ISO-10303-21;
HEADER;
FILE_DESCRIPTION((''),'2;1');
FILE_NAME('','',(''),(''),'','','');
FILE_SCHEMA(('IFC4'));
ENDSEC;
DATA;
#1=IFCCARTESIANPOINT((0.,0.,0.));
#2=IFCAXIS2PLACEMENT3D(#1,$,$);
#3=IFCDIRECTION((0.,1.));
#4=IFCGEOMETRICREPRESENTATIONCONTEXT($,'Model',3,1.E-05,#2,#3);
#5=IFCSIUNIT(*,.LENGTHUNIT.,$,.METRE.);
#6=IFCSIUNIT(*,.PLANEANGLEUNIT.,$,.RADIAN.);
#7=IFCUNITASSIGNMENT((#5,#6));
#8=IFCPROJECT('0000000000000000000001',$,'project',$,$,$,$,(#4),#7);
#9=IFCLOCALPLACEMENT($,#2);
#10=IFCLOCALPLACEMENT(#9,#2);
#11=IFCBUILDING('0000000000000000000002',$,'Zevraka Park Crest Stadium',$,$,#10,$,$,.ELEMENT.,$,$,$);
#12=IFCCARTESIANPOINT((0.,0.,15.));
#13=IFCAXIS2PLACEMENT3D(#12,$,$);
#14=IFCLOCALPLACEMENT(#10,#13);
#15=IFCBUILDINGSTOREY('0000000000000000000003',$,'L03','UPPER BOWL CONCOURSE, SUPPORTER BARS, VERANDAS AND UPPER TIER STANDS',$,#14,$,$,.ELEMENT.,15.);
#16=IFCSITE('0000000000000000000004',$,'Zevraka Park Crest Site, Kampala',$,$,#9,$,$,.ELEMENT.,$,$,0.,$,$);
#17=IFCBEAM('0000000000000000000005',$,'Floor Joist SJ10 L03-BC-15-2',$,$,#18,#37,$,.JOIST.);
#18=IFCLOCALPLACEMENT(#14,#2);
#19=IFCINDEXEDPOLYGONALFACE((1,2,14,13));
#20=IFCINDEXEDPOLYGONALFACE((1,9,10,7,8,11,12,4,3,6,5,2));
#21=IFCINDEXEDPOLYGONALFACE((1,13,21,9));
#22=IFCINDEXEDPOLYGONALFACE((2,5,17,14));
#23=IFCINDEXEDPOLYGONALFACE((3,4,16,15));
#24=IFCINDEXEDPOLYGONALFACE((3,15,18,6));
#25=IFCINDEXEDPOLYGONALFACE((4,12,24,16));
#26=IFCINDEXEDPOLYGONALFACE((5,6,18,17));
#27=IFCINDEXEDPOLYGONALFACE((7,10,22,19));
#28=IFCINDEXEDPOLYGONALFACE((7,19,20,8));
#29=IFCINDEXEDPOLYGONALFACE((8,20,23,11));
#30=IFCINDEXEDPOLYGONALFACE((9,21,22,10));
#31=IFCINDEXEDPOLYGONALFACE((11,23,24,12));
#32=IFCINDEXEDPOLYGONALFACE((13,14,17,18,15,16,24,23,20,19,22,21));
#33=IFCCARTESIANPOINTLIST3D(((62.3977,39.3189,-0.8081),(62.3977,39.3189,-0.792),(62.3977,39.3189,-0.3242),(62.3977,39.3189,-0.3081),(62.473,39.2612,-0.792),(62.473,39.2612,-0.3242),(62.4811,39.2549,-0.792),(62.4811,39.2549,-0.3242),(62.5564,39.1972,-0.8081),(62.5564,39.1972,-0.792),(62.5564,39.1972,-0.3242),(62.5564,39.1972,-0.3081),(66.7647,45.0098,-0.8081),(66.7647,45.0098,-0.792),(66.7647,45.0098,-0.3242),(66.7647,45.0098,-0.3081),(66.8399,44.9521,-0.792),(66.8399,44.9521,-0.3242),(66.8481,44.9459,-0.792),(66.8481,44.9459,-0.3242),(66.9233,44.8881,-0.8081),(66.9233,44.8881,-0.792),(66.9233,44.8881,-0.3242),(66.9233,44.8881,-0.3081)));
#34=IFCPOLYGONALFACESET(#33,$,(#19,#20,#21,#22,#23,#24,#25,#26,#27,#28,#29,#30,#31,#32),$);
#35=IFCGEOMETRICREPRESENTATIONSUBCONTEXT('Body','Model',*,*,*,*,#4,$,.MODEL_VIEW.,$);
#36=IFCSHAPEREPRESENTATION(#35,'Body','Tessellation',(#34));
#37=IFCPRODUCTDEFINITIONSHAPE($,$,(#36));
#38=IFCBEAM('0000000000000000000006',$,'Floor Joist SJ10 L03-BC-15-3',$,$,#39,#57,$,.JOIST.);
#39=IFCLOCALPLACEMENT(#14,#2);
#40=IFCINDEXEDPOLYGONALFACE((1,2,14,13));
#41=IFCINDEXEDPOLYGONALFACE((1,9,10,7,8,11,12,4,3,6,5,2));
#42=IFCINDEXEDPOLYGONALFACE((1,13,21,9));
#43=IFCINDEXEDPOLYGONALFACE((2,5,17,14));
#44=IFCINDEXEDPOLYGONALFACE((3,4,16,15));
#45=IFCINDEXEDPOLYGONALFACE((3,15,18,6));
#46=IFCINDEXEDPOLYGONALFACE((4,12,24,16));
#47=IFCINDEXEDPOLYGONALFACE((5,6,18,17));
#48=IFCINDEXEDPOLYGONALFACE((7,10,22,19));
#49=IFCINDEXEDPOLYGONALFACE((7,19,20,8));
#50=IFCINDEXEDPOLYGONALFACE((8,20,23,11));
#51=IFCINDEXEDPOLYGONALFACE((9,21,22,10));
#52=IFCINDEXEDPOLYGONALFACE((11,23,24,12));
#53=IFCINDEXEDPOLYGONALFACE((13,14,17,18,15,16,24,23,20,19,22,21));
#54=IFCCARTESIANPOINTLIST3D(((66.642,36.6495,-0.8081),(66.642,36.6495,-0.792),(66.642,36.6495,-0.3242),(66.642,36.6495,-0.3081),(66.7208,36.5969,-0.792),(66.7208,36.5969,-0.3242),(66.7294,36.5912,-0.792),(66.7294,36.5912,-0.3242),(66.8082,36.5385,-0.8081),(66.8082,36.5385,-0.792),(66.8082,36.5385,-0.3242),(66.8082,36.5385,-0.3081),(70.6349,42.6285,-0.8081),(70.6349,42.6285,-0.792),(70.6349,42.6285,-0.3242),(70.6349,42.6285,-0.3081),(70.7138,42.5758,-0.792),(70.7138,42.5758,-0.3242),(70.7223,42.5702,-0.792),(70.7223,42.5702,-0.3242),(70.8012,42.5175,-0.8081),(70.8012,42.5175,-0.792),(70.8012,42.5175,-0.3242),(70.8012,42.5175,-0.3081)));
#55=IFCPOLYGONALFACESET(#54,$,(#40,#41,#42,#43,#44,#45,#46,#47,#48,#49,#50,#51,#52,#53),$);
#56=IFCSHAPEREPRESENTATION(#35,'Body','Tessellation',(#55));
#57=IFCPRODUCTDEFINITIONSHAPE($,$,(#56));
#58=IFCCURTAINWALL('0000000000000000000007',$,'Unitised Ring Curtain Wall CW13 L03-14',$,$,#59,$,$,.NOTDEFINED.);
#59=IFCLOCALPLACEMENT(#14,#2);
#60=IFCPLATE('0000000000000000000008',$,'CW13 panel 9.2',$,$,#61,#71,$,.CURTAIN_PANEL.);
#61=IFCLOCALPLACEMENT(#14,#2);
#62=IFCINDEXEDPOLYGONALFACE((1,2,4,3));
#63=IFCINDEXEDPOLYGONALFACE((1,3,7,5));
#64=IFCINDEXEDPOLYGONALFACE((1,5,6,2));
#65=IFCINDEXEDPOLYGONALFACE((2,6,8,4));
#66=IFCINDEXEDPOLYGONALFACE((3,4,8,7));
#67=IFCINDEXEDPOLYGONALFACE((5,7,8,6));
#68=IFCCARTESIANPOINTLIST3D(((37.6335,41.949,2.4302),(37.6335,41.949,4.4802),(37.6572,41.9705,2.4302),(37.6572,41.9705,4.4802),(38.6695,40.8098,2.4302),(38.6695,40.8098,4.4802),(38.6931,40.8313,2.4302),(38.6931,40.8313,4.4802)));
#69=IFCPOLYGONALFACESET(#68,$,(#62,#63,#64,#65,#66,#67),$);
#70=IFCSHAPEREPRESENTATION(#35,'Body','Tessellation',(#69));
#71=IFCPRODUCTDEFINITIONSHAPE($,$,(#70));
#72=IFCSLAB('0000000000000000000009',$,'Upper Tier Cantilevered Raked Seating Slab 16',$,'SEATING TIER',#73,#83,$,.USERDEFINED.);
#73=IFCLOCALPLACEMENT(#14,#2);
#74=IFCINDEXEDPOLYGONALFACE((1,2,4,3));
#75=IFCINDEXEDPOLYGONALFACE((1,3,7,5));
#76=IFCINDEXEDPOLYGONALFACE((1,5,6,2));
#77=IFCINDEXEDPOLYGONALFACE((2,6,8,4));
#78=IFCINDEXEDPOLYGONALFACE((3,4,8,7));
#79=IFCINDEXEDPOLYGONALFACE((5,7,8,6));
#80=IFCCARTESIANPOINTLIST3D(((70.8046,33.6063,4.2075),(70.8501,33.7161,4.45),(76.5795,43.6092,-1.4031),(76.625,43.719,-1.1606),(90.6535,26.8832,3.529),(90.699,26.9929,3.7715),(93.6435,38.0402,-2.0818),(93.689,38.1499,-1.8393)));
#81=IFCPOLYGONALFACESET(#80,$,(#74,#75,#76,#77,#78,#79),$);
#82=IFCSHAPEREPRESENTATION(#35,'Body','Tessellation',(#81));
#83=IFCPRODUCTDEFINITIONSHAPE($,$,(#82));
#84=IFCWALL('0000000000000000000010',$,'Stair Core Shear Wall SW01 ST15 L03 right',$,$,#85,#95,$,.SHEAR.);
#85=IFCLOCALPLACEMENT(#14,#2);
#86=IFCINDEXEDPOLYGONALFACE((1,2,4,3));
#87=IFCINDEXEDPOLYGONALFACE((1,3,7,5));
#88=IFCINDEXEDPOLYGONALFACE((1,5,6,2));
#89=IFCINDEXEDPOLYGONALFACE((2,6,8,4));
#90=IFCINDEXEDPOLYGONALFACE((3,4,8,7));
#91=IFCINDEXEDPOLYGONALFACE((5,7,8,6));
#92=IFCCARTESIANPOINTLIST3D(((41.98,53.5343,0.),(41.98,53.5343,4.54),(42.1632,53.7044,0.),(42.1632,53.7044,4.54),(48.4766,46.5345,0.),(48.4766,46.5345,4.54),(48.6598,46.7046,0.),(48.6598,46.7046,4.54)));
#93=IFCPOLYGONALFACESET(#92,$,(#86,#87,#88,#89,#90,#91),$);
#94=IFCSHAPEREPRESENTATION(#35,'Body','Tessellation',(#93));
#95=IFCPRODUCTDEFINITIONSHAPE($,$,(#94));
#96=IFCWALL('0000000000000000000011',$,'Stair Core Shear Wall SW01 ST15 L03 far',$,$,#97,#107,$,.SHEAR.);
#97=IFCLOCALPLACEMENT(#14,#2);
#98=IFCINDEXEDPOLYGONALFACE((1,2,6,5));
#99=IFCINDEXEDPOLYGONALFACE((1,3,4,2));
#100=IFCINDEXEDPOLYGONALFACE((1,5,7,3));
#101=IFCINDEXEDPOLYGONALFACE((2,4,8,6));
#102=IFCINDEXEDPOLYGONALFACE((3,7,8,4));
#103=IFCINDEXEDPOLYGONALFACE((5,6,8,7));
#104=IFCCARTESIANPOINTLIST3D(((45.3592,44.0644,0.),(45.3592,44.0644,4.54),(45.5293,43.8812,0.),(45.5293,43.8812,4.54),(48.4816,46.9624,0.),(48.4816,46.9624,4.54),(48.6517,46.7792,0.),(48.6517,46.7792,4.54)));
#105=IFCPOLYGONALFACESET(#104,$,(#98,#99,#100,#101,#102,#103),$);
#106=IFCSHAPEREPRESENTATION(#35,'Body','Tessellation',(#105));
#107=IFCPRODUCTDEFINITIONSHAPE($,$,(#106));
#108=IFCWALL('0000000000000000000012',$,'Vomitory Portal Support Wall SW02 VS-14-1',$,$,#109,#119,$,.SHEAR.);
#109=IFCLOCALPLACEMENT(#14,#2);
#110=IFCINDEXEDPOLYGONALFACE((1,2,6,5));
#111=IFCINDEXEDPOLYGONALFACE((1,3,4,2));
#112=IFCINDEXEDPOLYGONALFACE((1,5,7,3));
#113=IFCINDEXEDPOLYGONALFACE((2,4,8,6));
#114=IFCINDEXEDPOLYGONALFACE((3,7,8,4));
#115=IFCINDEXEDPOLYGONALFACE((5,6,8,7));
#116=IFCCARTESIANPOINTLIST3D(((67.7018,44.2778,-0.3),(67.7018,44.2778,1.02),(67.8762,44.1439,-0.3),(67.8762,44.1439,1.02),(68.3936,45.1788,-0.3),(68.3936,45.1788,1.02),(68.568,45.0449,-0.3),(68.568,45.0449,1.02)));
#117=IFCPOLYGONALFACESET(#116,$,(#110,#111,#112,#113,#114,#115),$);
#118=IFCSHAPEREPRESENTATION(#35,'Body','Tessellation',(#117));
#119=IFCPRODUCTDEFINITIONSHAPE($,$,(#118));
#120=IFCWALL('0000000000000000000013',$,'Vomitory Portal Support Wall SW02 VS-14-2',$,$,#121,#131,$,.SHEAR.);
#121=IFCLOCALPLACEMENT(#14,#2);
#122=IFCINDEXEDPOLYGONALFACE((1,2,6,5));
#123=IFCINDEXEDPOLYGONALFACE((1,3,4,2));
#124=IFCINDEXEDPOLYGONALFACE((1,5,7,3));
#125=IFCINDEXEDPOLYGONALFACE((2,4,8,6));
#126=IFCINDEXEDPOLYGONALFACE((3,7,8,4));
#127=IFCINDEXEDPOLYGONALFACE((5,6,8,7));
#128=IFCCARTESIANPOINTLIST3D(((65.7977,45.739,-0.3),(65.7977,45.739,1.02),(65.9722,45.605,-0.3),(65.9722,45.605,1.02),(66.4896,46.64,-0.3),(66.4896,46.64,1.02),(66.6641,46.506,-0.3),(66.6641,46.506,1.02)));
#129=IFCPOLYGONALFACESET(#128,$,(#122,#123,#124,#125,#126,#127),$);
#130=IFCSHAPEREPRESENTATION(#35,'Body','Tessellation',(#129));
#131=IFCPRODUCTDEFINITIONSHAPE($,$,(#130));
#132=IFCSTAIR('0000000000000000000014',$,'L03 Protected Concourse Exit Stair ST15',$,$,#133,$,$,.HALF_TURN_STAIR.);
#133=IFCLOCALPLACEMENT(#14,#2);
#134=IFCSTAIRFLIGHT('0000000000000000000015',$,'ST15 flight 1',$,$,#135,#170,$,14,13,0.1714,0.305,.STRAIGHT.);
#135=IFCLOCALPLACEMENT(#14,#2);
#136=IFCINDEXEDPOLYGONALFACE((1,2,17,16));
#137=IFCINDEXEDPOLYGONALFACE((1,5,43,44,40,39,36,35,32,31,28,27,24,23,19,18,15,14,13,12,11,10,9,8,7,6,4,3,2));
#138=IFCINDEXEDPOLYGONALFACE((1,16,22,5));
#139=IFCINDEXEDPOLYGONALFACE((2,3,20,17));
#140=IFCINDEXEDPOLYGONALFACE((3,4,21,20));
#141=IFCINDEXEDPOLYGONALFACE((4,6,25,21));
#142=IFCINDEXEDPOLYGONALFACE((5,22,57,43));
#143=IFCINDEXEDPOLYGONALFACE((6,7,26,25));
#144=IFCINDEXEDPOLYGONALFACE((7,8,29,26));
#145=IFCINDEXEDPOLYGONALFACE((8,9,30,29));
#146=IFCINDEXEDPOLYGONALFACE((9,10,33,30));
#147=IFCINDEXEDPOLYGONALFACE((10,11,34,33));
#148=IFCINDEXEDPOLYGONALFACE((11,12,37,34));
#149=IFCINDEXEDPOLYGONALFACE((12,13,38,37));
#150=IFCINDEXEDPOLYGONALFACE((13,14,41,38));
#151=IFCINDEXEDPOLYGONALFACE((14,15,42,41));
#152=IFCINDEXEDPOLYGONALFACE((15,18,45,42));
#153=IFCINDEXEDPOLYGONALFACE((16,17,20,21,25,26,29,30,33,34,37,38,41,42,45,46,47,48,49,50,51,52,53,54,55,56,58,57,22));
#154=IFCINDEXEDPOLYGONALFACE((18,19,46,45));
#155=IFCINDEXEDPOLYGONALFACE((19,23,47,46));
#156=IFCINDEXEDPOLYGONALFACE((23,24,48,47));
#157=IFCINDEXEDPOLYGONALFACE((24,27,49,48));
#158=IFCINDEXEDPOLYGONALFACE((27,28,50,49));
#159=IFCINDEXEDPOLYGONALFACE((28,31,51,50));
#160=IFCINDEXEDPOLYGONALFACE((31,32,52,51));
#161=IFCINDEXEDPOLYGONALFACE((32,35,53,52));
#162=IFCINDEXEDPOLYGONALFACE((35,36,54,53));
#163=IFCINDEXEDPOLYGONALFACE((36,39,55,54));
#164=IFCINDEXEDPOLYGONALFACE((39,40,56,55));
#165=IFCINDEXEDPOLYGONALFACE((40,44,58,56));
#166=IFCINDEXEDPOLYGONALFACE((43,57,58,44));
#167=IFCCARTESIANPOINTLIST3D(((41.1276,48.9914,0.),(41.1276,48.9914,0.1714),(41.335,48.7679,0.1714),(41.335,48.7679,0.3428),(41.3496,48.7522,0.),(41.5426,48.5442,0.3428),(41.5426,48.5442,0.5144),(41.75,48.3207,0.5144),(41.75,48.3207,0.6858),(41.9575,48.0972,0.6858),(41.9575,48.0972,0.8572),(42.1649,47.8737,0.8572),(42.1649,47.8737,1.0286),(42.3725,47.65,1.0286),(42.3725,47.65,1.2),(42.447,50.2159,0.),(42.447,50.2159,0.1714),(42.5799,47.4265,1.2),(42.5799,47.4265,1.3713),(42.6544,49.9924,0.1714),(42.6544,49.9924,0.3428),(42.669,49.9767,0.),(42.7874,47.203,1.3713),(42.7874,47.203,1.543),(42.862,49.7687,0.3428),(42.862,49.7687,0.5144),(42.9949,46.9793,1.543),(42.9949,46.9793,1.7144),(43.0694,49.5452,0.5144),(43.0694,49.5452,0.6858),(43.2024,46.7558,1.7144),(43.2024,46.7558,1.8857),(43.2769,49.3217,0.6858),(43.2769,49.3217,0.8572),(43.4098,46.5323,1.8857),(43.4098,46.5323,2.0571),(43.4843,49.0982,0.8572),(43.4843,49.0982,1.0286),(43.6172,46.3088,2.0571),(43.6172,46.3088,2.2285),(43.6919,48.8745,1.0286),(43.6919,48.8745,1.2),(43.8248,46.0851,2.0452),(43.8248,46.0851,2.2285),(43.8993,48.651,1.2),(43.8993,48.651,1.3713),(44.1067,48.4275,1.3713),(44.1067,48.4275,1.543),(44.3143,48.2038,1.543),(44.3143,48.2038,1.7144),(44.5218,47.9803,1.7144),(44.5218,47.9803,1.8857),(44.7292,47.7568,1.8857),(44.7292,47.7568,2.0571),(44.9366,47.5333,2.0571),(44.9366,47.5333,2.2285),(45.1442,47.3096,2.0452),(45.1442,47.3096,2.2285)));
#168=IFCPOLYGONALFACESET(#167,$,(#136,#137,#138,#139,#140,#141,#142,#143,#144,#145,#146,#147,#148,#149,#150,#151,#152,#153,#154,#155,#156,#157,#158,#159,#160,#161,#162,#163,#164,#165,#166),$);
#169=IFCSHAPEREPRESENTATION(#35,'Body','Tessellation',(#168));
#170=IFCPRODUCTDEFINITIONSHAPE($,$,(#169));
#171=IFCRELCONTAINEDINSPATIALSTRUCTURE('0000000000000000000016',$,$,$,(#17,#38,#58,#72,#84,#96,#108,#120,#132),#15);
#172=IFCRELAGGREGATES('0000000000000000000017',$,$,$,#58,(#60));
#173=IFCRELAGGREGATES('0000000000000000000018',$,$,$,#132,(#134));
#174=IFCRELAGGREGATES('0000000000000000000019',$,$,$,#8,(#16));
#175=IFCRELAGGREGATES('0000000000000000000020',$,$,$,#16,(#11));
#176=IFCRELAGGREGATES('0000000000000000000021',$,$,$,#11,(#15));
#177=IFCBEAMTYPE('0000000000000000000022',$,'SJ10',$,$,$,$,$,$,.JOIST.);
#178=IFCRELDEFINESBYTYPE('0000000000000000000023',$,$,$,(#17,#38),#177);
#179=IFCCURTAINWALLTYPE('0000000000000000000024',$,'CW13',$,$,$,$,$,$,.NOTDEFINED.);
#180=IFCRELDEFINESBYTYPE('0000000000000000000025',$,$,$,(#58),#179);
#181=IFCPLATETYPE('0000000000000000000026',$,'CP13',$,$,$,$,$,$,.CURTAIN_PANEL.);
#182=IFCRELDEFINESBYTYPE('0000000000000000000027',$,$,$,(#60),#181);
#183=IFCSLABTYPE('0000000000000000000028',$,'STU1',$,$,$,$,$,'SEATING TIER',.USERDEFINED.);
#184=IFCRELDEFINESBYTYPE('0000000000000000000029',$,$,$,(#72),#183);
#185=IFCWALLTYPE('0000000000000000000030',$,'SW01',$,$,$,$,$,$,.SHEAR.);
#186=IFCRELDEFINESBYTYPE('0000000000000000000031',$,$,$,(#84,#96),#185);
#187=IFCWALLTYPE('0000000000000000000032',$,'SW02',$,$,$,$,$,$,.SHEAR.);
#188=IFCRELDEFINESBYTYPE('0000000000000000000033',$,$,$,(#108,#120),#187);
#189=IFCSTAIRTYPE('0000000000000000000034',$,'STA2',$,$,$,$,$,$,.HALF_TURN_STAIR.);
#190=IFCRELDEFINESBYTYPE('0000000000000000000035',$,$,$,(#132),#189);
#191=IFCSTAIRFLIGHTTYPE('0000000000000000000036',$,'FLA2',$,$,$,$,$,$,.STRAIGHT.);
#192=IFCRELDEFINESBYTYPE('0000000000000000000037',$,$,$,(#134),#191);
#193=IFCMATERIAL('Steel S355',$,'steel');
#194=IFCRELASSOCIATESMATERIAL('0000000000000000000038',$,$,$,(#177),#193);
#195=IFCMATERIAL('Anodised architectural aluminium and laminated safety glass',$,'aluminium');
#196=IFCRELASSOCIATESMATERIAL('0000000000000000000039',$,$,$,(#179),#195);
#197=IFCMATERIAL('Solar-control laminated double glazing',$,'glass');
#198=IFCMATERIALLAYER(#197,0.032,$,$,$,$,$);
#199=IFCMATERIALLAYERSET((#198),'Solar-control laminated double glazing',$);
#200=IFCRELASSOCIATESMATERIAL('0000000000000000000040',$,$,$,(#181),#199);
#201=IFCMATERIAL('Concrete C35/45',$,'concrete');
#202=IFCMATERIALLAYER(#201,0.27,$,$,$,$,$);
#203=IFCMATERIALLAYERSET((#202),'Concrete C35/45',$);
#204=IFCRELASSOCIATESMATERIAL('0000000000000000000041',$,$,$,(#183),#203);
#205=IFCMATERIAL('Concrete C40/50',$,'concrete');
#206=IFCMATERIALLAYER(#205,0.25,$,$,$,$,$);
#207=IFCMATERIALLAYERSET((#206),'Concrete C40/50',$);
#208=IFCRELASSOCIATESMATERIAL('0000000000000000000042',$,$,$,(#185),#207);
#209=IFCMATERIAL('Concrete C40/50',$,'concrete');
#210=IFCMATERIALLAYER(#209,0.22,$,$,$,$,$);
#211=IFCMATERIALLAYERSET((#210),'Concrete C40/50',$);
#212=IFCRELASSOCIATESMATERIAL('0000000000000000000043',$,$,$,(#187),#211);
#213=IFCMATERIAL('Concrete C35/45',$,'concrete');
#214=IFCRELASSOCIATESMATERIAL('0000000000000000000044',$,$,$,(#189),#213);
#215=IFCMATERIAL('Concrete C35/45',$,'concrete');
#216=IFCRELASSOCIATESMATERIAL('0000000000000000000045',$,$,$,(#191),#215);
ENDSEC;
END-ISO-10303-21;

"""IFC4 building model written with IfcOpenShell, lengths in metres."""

from ifc_helpers import new_model, si_unit, direction, frame, frame_2d, origin, origin_2d, place, context, subcontext, project, spatial, polyline, rectangle, i_section, outline, extrude, material, layer, layer_set, material_profile, profile_set, type_object, element, aggregate, save


model = new_model("IFC4")

# Units and contexts
model_context = context("Model", 3, precision=1e-05, world=origin(), true_north=direction((0.0, 1.0)))
body_context = subcontext(model_context, "Body", "Model", "MODEL_VIEW")
ifc_project = project(units=[si_unit("LENGTHUNIT", "METRE"), si_unit("PLANEANGLEUNIT", "RADIAN")], contexts=[model_context])

# Site, building, storey
site_placement = place(None, origin())
site = spatial("IfcSite", under=ifc_project, at=site_placement, Name="Zevraka Park Crest Site, Kampala", CompositionType="ELEMENT", RefElevation=0.0)
building_placement = place(site_placement, origin())
building = spatial("IfcBuilding", under=site, at=building_placement, Name="Zevraka Park Crest Stadium", CompositionType="ELEMENT")
storey_placement = place(building_placement, frame((0.0, 0.0, 15.0)))
storey = spatial("IfcBuildingStorey", under=building, at=storey_placement, Name="L03", Description="UPPER BOWL CONCOURSE, SUPPORTER BARS, VERANDAS AND UPPER TIER STANDS", CompositionType="ELEMENT", Elevation=15.0)

# Beams
ifc_material_1 = material(Name="Steel S355", Category="steel")
ifc_material_profile_1 = material_profile(ifc_material_1, i_section(OverallWidth=0.2, OverallDepth=0.5, WebThickness=0.0103, FlangeThickness=0.0161, at=origin_2d()), Name="IPE 500")
ifc_profile_set_1 = profile_set([ifc_material_profile_1], Name="Steel S355")
beam_type_1 = type_object("IfcBeamType", Name="SJ10", PredefinedType="JOIST", material=ifc_profile_set_1)
beam_1_placement = place(storey_placement, frame((66.844, 44.949, -0.5581), z_axis=(-0.608774, -0.793343, 0.0), x_axis=(0.793343, -0.608774, 0.0)))
element("IfcBeam", 1, at=beam_1_placement, inside=storey, type_object=beam_type_1, Name="Floor Joist SJ10 L03-BC-15-2", PredefinedType="JOIST", context=body_context, shape_type="SweptSolid", body=[
    extrude(i_section(OverallWidth=0.2, OverallDepth=0.5, WebThickness=0.0103, FlangeThickness=0.0161, at=origin_2d()), origin(), (0.0, 0.0, 1.0), 7.1733),
])
beam_2_placement = place(storey_placement, frame((70.718, 42.573, -0.5581), z_axis=(-0.555366, -0.831606, 0.0), x_axis=(0.831606, -0.555366, 0.0)))
element("IfcBeam", 2, at=beam_2_placement, inside=storey, type_object=beam_type_1, Name="Floor Joist SJ10 L03-BC-15-3", PredefinedType="JOIST", context=body_context, shape_type="SweptSolid", body=[
    extrude(i_section(OverallWidth=0.2, OverallDepth=0.5, WebThickness=0.0103, FlangeThickness=0.0161, at=origin_2d()), origin(), (0.0, 0.0, 1.0), 7.1897),
])

# Curtain wall, plate
ifc_material_2 = material(Name="Anodised architectural aluminium and laminated safety glass", Category="aluminium")
curtain_wall_type = type_object("IfcCurtainWallType", Name="CW13", PredefinedType="NOTDEFINED", material=ifc_material_2)
curtain_wall_placement = place(storey_placement, origin())
curtain_wall = element("IfcCurtainWall", 3, at=curtain_wall_placement, inside=storey, type_object=curtain_wall_type, Name="Unitised Ring Curtain Wall CW13 L03-14", PredefinedType="NOTDEFINED")
ifc_material_3 = material(Name="Solar-control laminated double glazing", Category="glass")
ifc_layer_1 = layer(ifc_material_3, 0.032)
ifc_layer_set_1 = layer_set([ifc_layer_1], Name="Solar-control laminated double glazing")
plate_type = type_object("IfcPlateType", Name="CP13", PredefinedType="CURTAIN_PANEL", material=ifc_layer_set_1)
plate_placement = place(storey_placement, frame((38.1633, 41.3901, 2.4302), z_axis=(0.0, 0.0, 1.0), x_axis=(0.672802, -0.739823, 0.0)))
plate = element("IfcPlate", 4, at=plate_placement, type_object=plate_type, Name="CW13 panel 9.2", PredefinedType="CURTAIN_PANEL", context=body_context, shape_type="SweptSolid", body=[
    extrude(rectangle(XDim=1.5398, YDim=0.032, at=origin_2d()), origin(), (0.0, 0.0, 1.0), 2.05),
])
aggregate(curtain_wall, [plate])

# Slab
ifc_material_4 = material(Name="Concrete C35/45", Category="concrete")
ifc_layer_2 = layer(ifc_material_4, 0.27)
ifc_layer_set_2 = layer_set([ifc_layer_2], Name="Concrete C35/45")
slab_type = type_object("IfcSlabType", Name="STU1", ElementType="SEATING TIER", PredefinedType="USERDEFINED", material=ifc_layer_set_2)
slab_placement = place(storey_placement, frame((76.625, 43.719, -1.1606), z_axis=(0.168379, 0.406482, 0.898009), x_axis=(0.949973, -0.310038, -0.037784)))
element("IfcSlab", 5, at=slab_placement, inside=storey, type_object=slab_type, Name="Upper Tier Cantilevered Raked Seating Slab 16", ObjectType="SEATING TIER", PredefinedType="USERDEFINED", context=body_context, shape_type="SweptSolid", body=[
    extrude(outline(polyline([(0.0, 0.0), (17.9626, 0.0), (18.3693, -12.8349), (-2.5967, -12.5755), (0.0, 0.0)])), origin(), (0.0, 0.0, -1.0), 0.27),
])

# Walls
ifc_material_5 = material(Name="Concrete C40/50", Category="concrete")
ifc_layer_3 = layer(ifc_material_5, 0.25)
ifc_layer_set_3 = layer_set([ifc_layer_3], Name="Concrete C40/50")
wall_type_1 = type_object("IfcWallType", Name="SW01", PredefinedType="SHEAR", material=ifc_layer_set_3)
wall_1_placement = place(storey_placement, frame((48.5681, 46.6196, 0.0), z_axis=(0.0, 0.0, 1.0), x_axis=(-0.680272, 0.73296, 0.0)))
element("IfcWall", 6, at=wall_1_placement, inside=storey, type_object=wall_type_1, Name="Stair Core Shear Wall SW01 ST15 L03 right", PredefinedType="SHEAR", context=body_context, shape_type="SweptSolid", body=[
    extrude(rectangle(XDim=9.55, YDim=0.25, at=frame_2d((4.7749, 0.0))), origin(), (0.0, 0.0, 1.0), 4.54),
])
wall_2_placement = place(storey_placement, frame((45.4443, 43.9729, 0.0), z_axis=(0.0, 0.0, 1.0), x_axis=(0.732951, 0.680282, 0.0)))
element("IfcWall", 7, at=wall_2_placement, inside=storey, type_object=wall_type_1, Name="Stair Core Shear Wall SW01 ST15 L03 far", PredefinedType="SHEAR", context=body_context, shape_type="SweptSolid", body=[
    extrude(rectangle(XDim=4.26, YDim=0.25, at=frame_2d((2.1299, 0.0))), origin(), (0.0, 0.0, 1.0), 4.54),
])
ifc_material_6 = material(Name="Concrete C40/50", Category="concrete")
ifc_layer_4 = layer(ifc_material_6, 0.22)
ifc_layer_set_4 = layer_set([ifc_layer_4], Name="Concrete C40/50")
wall_type_2 = type_object("IfcWallType", Name="SW02", PredefinedType="SHEAR", material=ifc_layer_set_4)
for number, where, z_axis, x_axis, name in (
    (8, (67.7891, 44.2109, -0.3), (0.0, 0.0, 1.0), (0.609004, 0.793167, 0.0), "Vomitory Portal Support Wall SW02 VS-14-1"),
    (9, (65.885, 45.6721, -0.3), (0.0, 0.0, 1.0), (0.609108, 0.793087, 0.0), "Vomitory Portal Support Wall SW02 VS-14-2"),
):
    element("IfcWall", number, at=place(storey_placement, frame(where, z_axis=z_axis, x_axis=x_axis)), inside=storey, type_object=wall_type_2, Name=name, PredefinedType="SHEAR", context=body_context, shape_type="SweptSolid", body=[
        extrude(rectangle(XDim=1.136, YDim=0.22, at=frame_2d((0.5679, 0.0))), origin(), (0.0, 0.0, 1.0), 1.3201),
    ])

# Stair, stair flight
ifc_material_7 = material(Name="Concrete C35/45", Category="concrete")
stair_type_1 = type_object("IfcStairType", Name="STA2", PredefinedType="HALF_TURN_STAIR", material=ifc_material_7)
stair_1_placement = place(storey_placement, origin())
stair_1 = element("IfcStair", 10, at=stair_1_placement, inside=storey, type_object=stair_type_1, Name="L03 Protected Concourse Exit Stair ST15", PredefinedType="HALF_TURN_STAIR")
ifc_material_8 = material(Name="Concrete C35/45", Category="concrete")
stair_flight_type_1 = type_object("IfcStairFlightType", Name="FLA2", PredefinedType="STRAIGHT", material=ifc_material_8)
stair_flight_1_placement = place(storey_placement, frame((41.7874, 49.6038, 0.0), z_axis=(0.0, 0.0, 1.0), x_axis=(0.680255, -0.732975, 0.0)))
stair_flight_1 = element("IfcStairFlight", 11, at=stair_flight_1_placement, type_object=stair_flight_type_1, Name="ST15 flight 1", NumberOfRisers=14, NumberOfTreads=13, PredefinedType="STRAIGHT", RiserHeight=0.1714, TreadLength=0.305, context=body_context, shape_type="SweptSolid", body=[
    extrude(outline(polyline([(0.0, 0.0), (0.0, 0.1714), (0.3049, 0.1714), (0.3049, 0.3428), (0.6101, 0.3428), (0.6101, 0.5144), (0.915, 0.5144), (0.915, 0.6858), (1.22, 0.6858), (1.22, 0.8572), (1.5249, 0.8572), (1.5249, 1.0286), (1.8301, 1.0286), (1.8301, 1.2), (2.135, 1.2), (2.135, 1.3713), (2.4399, 1.3713), (2.4399, 1.543), (2.7451, 1.543), (2.7451, 1.7144), (3.05, 1.7144), (3.05, 1.8857), (3.355, 1.8857), (3.355, 2.0571), (3.6599, 2.0571), (3.6599, 2.2285), (3.9651, 2.2285), (3.9651, 2.3999), (3.9651, 2.0452), (0.3264, 0.0), (0.0, 0.0)])), frame((0.0, 0.8999, 0.0), z_axis=(0.0, -1.0, 0.0), x_axis=(1.0, 0.0, 0.0)), (0.0, 0.0, 1.0), 1.8),
])
aggregate(stair_1, [stair_flight_1])

save(model, "model.ifc")
